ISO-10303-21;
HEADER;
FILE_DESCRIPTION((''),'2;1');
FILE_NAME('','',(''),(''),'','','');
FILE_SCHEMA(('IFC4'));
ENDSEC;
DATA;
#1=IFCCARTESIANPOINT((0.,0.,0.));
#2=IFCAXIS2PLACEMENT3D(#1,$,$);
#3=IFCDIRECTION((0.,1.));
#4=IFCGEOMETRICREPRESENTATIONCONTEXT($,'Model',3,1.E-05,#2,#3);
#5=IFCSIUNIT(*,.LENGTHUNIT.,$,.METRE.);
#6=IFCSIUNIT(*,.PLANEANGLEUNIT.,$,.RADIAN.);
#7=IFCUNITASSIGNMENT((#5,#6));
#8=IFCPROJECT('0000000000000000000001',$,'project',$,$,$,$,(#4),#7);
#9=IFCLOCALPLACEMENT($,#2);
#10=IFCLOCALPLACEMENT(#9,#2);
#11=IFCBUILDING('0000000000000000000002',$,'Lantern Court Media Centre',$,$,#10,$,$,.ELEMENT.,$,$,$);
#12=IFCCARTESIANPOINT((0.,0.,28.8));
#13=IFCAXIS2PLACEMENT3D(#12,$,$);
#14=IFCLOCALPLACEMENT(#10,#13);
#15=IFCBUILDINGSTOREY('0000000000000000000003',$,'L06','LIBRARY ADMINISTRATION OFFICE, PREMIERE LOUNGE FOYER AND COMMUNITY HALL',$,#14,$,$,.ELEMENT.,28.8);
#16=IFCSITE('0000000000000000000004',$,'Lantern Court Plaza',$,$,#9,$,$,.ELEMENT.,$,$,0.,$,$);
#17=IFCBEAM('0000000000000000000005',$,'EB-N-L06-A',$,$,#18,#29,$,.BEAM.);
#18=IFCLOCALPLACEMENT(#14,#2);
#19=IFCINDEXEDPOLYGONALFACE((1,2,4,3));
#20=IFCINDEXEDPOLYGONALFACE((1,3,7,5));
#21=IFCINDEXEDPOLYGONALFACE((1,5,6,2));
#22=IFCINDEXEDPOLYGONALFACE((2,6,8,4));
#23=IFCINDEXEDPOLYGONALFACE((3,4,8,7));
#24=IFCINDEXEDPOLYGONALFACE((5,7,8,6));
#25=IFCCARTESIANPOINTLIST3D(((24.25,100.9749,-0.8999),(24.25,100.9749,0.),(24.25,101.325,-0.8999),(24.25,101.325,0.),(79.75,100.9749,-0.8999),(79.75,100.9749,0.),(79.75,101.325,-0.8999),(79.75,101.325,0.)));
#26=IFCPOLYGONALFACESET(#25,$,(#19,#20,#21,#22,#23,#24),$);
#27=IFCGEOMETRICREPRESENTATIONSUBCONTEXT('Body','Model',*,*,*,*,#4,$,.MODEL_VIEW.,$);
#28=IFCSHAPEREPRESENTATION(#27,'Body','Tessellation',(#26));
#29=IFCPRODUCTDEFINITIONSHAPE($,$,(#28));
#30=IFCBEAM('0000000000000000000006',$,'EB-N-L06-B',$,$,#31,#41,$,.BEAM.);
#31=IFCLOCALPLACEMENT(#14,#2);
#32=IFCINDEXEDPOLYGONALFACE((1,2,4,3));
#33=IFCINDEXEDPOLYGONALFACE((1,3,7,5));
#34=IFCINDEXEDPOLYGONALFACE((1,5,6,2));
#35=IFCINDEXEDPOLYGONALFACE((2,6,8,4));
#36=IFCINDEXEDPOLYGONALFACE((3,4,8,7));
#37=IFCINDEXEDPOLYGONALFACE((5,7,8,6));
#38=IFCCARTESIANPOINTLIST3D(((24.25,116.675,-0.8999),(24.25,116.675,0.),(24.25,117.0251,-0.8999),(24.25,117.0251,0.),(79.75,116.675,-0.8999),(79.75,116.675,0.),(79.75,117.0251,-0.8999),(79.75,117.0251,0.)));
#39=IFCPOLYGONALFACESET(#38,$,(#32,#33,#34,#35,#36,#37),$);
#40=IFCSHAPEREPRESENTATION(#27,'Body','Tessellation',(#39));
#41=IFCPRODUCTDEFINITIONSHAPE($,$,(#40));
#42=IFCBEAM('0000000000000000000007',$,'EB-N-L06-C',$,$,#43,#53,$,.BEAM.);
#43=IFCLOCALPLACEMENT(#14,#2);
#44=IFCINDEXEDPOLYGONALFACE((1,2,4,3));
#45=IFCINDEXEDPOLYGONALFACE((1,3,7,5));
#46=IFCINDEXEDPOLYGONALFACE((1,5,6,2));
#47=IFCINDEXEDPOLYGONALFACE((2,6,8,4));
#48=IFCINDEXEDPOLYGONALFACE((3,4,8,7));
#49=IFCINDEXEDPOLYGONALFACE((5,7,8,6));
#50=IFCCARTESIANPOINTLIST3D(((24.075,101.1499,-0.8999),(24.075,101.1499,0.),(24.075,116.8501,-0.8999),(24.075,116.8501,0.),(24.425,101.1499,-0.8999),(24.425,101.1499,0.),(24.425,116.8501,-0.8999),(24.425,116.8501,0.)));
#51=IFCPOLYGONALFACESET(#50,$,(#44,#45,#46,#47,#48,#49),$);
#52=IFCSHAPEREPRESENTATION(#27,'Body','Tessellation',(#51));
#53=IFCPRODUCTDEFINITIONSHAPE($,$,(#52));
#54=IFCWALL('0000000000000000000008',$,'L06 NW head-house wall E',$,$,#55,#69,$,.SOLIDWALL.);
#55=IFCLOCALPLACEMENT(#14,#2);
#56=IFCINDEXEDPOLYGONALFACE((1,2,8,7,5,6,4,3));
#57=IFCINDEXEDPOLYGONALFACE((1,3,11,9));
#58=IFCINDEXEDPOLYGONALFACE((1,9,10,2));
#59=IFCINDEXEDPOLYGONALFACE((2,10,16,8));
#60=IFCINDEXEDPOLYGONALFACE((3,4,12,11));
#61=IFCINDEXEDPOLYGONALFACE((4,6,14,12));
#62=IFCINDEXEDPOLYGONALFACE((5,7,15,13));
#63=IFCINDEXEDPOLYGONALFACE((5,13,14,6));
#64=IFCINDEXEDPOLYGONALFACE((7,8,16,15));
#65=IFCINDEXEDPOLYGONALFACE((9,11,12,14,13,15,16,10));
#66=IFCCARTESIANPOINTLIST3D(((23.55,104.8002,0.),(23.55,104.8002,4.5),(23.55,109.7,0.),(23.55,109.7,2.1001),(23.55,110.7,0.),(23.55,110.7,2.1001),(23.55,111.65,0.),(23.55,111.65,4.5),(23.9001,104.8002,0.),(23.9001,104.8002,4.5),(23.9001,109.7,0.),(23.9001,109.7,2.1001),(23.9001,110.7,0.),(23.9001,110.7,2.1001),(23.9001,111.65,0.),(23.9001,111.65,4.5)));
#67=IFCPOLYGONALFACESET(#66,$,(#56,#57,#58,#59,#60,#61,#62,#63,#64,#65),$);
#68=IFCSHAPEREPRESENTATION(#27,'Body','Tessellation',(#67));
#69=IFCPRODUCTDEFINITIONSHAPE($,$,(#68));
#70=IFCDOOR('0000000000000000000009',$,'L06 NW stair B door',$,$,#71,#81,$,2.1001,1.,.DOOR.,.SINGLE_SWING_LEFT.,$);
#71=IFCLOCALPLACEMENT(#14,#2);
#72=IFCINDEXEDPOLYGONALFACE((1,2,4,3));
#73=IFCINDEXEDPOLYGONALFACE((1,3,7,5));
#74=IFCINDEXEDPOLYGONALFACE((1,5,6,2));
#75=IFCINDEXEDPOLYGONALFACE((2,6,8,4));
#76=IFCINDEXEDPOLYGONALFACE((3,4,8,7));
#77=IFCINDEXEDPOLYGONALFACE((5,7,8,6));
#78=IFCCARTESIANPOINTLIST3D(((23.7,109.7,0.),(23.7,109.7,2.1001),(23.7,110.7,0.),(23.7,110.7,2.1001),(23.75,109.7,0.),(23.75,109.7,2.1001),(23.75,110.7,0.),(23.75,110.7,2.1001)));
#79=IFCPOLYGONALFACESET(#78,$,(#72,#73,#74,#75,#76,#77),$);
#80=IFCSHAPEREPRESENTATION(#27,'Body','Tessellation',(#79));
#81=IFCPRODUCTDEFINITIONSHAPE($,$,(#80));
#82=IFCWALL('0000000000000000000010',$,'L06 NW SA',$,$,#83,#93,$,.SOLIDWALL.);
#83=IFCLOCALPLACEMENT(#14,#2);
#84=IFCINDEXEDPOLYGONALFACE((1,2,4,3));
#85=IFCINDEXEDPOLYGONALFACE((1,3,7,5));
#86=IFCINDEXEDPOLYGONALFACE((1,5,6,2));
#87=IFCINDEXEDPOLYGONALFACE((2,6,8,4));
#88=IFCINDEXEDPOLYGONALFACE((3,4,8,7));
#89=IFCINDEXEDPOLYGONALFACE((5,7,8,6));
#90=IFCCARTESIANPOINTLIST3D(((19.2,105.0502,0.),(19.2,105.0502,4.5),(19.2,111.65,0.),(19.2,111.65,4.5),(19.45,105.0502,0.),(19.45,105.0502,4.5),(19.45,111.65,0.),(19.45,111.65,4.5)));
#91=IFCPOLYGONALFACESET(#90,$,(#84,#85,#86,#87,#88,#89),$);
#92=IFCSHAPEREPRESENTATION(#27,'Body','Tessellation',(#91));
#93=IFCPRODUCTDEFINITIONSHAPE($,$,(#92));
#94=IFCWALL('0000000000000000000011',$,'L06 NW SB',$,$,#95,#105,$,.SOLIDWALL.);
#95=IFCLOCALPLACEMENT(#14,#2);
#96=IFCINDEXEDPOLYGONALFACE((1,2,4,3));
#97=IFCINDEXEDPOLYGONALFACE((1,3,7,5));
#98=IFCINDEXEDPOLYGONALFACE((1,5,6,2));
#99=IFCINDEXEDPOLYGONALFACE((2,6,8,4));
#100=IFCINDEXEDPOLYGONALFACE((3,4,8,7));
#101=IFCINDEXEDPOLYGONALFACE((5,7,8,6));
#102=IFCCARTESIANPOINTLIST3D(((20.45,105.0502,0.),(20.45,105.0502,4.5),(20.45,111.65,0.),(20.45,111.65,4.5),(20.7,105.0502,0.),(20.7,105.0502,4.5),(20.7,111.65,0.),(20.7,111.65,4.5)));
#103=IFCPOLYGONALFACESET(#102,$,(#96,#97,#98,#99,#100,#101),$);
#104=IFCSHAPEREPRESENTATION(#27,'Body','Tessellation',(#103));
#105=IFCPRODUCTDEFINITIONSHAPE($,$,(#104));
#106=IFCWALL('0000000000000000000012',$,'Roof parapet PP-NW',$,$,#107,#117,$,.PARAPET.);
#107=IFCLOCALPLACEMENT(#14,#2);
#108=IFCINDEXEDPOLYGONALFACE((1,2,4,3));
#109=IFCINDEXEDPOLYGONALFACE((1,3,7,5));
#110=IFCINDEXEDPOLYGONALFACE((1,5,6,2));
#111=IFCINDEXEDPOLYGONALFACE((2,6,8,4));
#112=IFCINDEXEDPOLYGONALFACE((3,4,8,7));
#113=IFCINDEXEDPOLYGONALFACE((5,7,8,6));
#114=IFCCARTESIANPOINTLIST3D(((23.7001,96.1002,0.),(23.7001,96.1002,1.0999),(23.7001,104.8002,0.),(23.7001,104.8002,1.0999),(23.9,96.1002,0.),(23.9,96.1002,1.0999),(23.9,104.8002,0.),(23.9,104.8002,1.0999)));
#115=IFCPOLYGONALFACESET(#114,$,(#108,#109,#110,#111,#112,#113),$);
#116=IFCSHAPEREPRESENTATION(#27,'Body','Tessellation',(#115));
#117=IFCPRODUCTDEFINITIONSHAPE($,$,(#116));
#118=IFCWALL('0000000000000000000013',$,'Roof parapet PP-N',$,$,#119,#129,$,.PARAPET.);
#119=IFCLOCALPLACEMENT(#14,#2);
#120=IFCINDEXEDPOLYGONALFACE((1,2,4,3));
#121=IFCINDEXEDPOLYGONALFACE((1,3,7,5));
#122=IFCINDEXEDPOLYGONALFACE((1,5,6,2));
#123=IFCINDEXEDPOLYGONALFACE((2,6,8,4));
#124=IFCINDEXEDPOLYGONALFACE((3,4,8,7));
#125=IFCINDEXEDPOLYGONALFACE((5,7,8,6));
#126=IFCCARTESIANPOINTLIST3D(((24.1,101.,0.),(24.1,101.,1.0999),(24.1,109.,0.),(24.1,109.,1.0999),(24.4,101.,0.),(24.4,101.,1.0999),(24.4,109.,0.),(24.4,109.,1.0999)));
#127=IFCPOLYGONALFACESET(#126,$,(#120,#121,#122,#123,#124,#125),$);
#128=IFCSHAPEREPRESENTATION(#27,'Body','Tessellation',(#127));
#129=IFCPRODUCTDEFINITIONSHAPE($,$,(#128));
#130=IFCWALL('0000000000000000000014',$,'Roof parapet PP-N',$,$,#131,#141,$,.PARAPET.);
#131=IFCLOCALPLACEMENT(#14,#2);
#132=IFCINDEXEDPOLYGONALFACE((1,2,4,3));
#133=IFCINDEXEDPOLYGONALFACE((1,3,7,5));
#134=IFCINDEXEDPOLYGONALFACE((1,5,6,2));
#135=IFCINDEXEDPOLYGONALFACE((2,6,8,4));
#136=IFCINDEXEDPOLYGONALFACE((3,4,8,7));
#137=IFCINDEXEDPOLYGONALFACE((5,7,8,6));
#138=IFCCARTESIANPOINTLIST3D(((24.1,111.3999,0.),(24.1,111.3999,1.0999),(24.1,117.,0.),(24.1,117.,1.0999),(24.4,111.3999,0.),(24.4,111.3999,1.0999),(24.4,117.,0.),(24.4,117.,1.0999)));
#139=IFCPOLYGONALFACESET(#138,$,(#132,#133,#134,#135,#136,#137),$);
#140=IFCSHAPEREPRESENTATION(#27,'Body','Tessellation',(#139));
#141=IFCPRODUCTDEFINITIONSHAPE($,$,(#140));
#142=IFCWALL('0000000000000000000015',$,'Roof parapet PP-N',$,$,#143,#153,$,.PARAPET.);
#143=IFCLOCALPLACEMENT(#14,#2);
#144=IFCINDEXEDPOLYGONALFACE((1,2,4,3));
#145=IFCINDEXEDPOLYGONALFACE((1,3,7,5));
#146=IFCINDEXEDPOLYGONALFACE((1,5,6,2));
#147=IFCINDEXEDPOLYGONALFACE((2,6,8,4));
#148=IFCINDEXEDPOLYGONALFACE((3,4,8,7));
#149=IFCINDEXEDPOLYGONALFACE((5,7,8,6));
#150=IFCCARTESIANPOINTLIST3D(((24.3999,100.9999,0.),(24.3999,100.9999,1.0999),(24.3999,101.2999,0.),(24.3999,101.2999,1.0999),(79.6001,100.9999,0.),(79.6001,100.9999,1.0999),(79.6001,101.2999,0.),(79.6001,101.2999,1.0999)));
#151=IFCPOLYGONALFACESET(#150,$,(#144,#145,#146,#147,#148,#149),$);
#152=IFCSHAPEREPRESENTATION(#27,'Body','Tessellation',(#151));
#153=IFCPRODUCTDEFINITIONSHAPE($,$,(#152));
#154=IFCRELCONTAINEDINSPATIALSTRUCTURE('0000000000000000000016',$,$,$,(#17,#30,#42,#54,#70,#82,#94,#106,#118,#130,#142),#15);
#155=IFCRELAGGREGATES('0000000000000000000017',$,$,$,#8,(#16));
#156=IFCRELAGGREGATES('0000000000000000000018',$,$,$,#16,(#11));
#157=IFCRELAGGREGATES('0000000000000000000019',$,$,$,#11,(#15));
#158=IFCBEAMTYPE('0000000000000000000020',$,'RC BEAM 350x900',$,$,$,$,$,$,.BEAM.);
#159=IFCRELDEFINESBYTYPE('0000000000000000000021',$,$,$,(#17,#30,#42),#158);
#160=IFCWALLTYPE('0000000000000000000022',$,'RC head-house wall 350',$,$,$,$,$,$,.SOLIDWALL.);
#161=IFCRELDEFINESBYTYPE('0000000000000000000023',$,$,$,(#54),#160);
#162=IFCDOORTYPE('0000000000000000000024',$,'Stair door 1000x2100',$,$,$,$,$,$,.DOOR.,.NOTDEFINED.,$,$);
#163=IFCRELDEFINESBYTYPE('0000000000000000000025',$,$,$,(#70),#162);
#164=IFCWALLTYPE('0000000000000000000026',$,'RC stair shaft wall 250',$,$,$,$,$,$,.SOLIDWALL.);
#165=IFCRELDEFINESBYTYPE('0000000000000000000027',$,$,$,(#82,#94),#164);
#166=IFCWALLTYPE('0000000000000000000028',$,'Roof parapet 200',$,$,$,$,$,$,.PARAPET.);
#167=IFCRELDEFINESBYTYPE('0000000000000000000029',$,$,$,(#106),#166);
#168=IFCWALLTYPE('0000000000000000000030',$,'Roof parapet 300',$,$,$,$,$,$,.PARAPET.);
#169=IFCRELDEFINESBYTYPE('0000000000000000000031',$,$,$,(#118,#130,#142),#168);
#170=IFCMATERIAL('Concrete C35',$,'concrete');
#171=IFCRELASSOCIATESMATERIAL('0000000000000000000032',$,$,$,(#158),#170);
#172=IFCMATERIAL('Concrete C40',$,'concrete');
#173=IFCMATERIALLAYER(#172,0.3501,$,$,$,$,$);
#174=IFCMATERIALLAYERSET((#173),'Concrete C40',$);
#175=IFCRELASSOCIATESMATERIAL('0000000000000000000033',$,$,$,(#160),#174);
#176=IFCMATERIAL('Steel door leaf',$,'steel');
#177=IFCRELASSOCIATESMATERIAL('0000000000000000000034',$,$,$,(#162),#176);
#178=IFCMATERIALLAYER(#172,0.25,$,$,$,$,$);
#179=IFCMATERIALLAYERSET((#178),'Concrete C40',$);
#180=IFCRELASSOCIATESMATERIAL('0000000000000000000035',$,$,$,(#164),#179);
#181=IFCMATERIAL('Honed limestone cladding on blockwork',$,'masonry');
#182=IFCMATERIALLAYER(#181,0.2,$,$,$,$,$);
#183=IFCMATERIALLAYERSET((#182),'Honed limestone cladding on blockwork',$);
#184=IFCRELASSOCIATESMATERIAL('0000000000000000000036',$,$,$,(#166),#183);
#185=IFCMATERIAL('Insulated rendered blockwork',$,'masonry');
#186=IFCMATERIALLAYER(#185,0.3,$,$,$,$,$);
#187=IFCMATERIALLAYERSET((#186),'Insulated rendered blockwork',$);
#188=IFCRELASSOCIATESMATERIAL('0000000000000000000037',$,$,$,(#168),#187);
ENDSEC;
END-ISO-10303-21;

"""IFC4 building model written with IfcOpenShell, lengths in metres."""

from ifc_helpers import new_model, si_unit, direction, frame, frame_2d, origin, origin_2d, place, context, subcontext, project, spatial, rectangle, extrude, material, layer, layer_set, material_profile, profile_set, type_object, element, fill, save


model = new_model("IFC4")

# Units and contexts
model_context = context("Model", 3, precision=1e-05, world=origin(), true_north=direction((0.0, 1.0)))
body_context = subcontext(model_context, "Body", "Model", "MODEL_VIEW")
ifc_project = project(units=[si_unit("LENGTHUNIT", "METRE"), si_unit("PLANEANGLEUNIT", "RADIAN")], contexts=[model_context])

# Site, building, storey
site_placement = place(None, origin())
site = spatial("IfcSite", under=ifc_project, at=site_placement, Name="Lantern Court Plaza", CompositionType="ELEMENT", RefElevation=0.0)
building_placement = place(site_placement, origin())
building = spatial("IfcBuilding", under=site, at=building_placement, Name="Lantern Court Media Centre", CompositionType="ELEMENT")
storey_placement = place(building_placement, frame((0.0, 0.0, 28.8)))
storey = spatial("IfcBuildingStorey", under=building, at=storey_placement, Name="L06", Description="LIBRARY ADMINISTRATION OFFICE, PREMIERE LOUNGE FOYER AND COMMUNITY HALL", CompositionType="ELEMENT", Elevation=28.8)

# Beams
ifc_material_1 = material(Name="Concrete C35", Category="concrete")
ifc_material_profile = material_profile(ifc_material_1, rectangle(XDim=0.3501, YDim=0.8999, at=origin_2d()), Name="RC 350x900")
ifc_profile_set = profile_set([ifc_material_profile], Name="Concrete C35")
beam_type = type_object("IfcBeamType", Name="RC BEAM 350x900", PredefinedType="BEAM", material=ifc_profile_set)
for number, where, z_axis, x_axis, name in (
    (1, (24.25, 101.1499, -0.45), (1.0, 0.0, 0.0), (0.0, 1.0, 0.0), "EB-N-L06-A"),
    (2, (24.25, 116.8501, -0.45), (1.0, 0.0, 0.0), (0.0, 1.0, 0.0), "EB-N-L06-B"),
):
    element("IfcBeam", number, at=place(storey_placement, frame(where, z_axis=z_axis, x_axis=x_axis)), inside=storey, type_object=beam_type, Name=name, PredefinedType="BEAM", context=body_context, shape_type="SweptSolid", body=[
        extrude(rectangle(XDim=0.3501, YDim=0.8999, at=origin_2d()), origin(), (0.0, 0.0, 1.0), 55.5),
    ])
beam_placement = place(storey_placement, frame((24.25, 101.1499, -0.45), z_axis=(0.0, 1.0, 0.0), x_axis=(-1.0, 0.0, 0.0)))
element("IfcBeam", 3, at=beam_placement, inside=storey, type_object=beam_type, Name="EB-N-L06-C", PredefinedType="BEAM", context=body_context, shape_type="SweptSolid", body=[
    extrude(rectangle(XDim=0.3501, YDim=0.8999, at=origin_2d()), origin(), (0.0, 0.0, 1.0), 15.7002),
])

# Wall, opening, door
ifc_material_2 = material(Name="Concrete C40", Category="concrete")
ifc_layer_1 = layer(ifc_material_2, 0.3501)
ifc_layer_set_1 = layer_set([ifc_layer_1], Name="Concrete C40")
wall_type_1 = type_object("IfcWallType", Name="RC head-house wall 350", PredefinedType="SOLIDWALL", material=ifc_layer_set_1)
wall_1_placement = place(storey_placement, frame((23.7251, 111.6499, 0.0), z_axis=(0.0, 0.0, 1.0), x_axis=(0.0, -1.0, 0.0)))
wall_1 = element("IfcWall", 4, at=wall_1_placement, inside=storey, type_object=wall_type_1, Name="L06 NW head-house wall E", PredefinedType="SOLIDWALL", context=body_context, shape_type="SweptSolid", body=[
    extrude(rectangle(XDim=6.8499, YDim=0.3501, at=frame_2d((3.4248, 0.0))), origin(), (0.0, 0.0, 1.0), 4.5),
])
opening_placement = place(wall_1_placement, frame((0.95, 0.0, 0.0)))
opening = element("IfcOpeningElement", 5, at=opening_placement, cuts=wall_1, PredefinedType="OPENING", context=body_context, shape_type="SweptSolid", body=[
    extrude(rectangle(XDim=1.0, YDim=2.1001, at=frame_2d((0.5, 1.05))), frame((0.0, 0.1851, 0.0), z_axis=(0.0, -1.0, 0.0), x_axis=(1.0, 0.0, 0.0)), (0.0, 0.0, 1.0), 0.3701),
])
ifc_material_3 = material(Name="Steel door leaf", Category="steel")
door_type = type_object("IfcDoorType", Name="Stair door 1000x2100", OperationType="NOTDEFINED", PredefinedType="DOOR", material=ifc_material_3)
door_placement = place(opening_placement, origin())
door = element("IfcDoor", 6, at=door_placement, inside=storey, type_object=door_type, Name="L06 NW stair B door", OperationType="SINGLE_SWING_LEFT", OverallHeight=2.1001, OverallWidth=1.0, PredefinedType="DOOR", context=body_context, shape_type="SweptSolid", body=[
    extrude(rectangle(XDim=1.0, YDim=2.1001, at=frame_2d((0.5, 1.05))), frame((0.0, 0.0249, 0.0), z_axis=(0.0, -1.0, 0.0), x_axis=(1.0, 0.0, 0.0)), (0.0, 0.0, 1.0), 0.05),
])
fill(opening, door)

# Walls
ifc_layer_2 = layer(ifc_material_2, 0.25)
ifc_layer_set_2 = layer_set([ifc_layer_2], Name="Concrete C40")
wall_type_2 = type_object("IfcWallType", Name="RC stair shaft wall 250", PredefinedType="SOLIDWALL", material=ifc_layer_set_2)
for number, where, z_axis, x_axis, name in (
    (7, (19.325, 111.6499, 0.0), (0.0, 0.0, 1.0), (0.0, -1.0, 0.0), "L06 NW SA"),
    (8, (20.575, 111.6499, 0.0), (0.0, 0.0, 1.0), (0.0, -1.0, 0.0), "L06 NW SB"),
):
    element("IfcWall", number, at=place(storey_placement, frame(where, z_axis=z_axis, x_axis=x_axis)), inside=storey, type_object=wall_type_2, Name=name, PredefinedType="SOLIDWALL", context=body_context, shape_type="SweptSolid", body=[
        extrude(rectangle(XDim=6.5999, YDim=0.25, at=frame_2d((3.2998, 0.0))), origin(), (0.0, 0.0, 1.0), 4.5),
    ])
ifc_material_4 = material(Name="Honed limestone cladding on blockwork", Category="masonry")
ifc_layer_3 = layer(ifc_material_4, 0.2)
ifc_layer_set_3 = layer_set([ifc_layer_3], Name="Honed limestone cladding on blockwork")
wall_type_3 = type_object("IfcWallType", Name="Roof parapet 200", PredefinedType="PARAPET", material=ifc_layer_set_3)
wall_2_placement = place(storey_placement, frame((23.8, 96.1001, 0.0), z_axis=(0.0, 0.0, 1.0), x_axis=(0.0, 1.0, 0.0)))
element("IfcWall", 9, at=wall_2_placement, inside=storey, type_object=wall_type_3, Name="Roof parapet PP-NW", PredefinedType="PARAPET", context=body_context, shape_type="SweptSolid", body=[
    extrude(rectangle(XDim=8.7, YDim=0.2, at=frame_2d((4.3501, 0.0))), origin(), (0.0, 0.0, 1.0), 1.0999),
])
ifc_material_5 = material(Name="Insulated rendered blockwork", Category="masonry")
ifc_layer_4 = layer(ifc_material_5, 0.3)
ifc_layer_set_4 = layer_set([ifc_layer_4], Name="Insulated rendered blockwork")
wall_type_4 = type_object("IfcWallType", Name="Roof parapet 300", PredefinedType="PARAPET", material=ifc_layer_set_4)
wall_3_placement = place(storey_placement, frame((24.25, 101.0, 0.0), z_axis=(0.0, 0.0, 1.0), x_axis=(0.0, 1.0, 0.0)))
element("IfcWall", 10, at=wall_3_placement, inside=storey, type_object=wall_type_4, Name="Roof parapet PP-N", PredefinedType="PARAPET", context=body_context, shape_type="SweptSolid", body=[
    extrude(rectangle(XDim=8.0, YDim=0.3, at=frame_2d((4.0, 0.0))), origin(), (0.0, 0.0, 1.0), 1.0999),
])
wall_4_placement = place(storey_placement, frame((24.25, 111.3999, 0.0), z_axis=(0.0, 0.0, 1.0), x_axis=(0.0, 1.0, 0.0)))
element("IfcWall", 11, at=wall_4_placement, inside=storey, type_object=wall_type_4, Name="Roof parapet PP-N", PredefinedType="PARAPET", context=body_context, shape_type="SweptSolid", body=[
    extrude(rectangle(XDim=5.6001, YDim=0.3, at=frame_2d((2.8, 0.0))), origin(), (0.0, 0.0, 1.0), 1.0999),
])
wall_5_placement = place(storey_placement, frame((24.3999, 101.1499, 0.0), z_axis=(0.0, 0.0, 1.0), x_axis=(1.0, 0.0, 0.0)))
element("IfcWall", 12, at=wall_5_placement, inside=storey, type_object=wall_type_4, Name="Roof parapet PP-N", PredefinedType="PARAPET", context=body_context, shape_type="SweptSolid", body=[
    extrude(rectangle(XDim=55.2002, YDim=0.3, at=frame_2d((27.6001, 0.0))), origin(), (0.0, 0.0, 1.0), 1.0999),
])

save(model, "model.ifc")
